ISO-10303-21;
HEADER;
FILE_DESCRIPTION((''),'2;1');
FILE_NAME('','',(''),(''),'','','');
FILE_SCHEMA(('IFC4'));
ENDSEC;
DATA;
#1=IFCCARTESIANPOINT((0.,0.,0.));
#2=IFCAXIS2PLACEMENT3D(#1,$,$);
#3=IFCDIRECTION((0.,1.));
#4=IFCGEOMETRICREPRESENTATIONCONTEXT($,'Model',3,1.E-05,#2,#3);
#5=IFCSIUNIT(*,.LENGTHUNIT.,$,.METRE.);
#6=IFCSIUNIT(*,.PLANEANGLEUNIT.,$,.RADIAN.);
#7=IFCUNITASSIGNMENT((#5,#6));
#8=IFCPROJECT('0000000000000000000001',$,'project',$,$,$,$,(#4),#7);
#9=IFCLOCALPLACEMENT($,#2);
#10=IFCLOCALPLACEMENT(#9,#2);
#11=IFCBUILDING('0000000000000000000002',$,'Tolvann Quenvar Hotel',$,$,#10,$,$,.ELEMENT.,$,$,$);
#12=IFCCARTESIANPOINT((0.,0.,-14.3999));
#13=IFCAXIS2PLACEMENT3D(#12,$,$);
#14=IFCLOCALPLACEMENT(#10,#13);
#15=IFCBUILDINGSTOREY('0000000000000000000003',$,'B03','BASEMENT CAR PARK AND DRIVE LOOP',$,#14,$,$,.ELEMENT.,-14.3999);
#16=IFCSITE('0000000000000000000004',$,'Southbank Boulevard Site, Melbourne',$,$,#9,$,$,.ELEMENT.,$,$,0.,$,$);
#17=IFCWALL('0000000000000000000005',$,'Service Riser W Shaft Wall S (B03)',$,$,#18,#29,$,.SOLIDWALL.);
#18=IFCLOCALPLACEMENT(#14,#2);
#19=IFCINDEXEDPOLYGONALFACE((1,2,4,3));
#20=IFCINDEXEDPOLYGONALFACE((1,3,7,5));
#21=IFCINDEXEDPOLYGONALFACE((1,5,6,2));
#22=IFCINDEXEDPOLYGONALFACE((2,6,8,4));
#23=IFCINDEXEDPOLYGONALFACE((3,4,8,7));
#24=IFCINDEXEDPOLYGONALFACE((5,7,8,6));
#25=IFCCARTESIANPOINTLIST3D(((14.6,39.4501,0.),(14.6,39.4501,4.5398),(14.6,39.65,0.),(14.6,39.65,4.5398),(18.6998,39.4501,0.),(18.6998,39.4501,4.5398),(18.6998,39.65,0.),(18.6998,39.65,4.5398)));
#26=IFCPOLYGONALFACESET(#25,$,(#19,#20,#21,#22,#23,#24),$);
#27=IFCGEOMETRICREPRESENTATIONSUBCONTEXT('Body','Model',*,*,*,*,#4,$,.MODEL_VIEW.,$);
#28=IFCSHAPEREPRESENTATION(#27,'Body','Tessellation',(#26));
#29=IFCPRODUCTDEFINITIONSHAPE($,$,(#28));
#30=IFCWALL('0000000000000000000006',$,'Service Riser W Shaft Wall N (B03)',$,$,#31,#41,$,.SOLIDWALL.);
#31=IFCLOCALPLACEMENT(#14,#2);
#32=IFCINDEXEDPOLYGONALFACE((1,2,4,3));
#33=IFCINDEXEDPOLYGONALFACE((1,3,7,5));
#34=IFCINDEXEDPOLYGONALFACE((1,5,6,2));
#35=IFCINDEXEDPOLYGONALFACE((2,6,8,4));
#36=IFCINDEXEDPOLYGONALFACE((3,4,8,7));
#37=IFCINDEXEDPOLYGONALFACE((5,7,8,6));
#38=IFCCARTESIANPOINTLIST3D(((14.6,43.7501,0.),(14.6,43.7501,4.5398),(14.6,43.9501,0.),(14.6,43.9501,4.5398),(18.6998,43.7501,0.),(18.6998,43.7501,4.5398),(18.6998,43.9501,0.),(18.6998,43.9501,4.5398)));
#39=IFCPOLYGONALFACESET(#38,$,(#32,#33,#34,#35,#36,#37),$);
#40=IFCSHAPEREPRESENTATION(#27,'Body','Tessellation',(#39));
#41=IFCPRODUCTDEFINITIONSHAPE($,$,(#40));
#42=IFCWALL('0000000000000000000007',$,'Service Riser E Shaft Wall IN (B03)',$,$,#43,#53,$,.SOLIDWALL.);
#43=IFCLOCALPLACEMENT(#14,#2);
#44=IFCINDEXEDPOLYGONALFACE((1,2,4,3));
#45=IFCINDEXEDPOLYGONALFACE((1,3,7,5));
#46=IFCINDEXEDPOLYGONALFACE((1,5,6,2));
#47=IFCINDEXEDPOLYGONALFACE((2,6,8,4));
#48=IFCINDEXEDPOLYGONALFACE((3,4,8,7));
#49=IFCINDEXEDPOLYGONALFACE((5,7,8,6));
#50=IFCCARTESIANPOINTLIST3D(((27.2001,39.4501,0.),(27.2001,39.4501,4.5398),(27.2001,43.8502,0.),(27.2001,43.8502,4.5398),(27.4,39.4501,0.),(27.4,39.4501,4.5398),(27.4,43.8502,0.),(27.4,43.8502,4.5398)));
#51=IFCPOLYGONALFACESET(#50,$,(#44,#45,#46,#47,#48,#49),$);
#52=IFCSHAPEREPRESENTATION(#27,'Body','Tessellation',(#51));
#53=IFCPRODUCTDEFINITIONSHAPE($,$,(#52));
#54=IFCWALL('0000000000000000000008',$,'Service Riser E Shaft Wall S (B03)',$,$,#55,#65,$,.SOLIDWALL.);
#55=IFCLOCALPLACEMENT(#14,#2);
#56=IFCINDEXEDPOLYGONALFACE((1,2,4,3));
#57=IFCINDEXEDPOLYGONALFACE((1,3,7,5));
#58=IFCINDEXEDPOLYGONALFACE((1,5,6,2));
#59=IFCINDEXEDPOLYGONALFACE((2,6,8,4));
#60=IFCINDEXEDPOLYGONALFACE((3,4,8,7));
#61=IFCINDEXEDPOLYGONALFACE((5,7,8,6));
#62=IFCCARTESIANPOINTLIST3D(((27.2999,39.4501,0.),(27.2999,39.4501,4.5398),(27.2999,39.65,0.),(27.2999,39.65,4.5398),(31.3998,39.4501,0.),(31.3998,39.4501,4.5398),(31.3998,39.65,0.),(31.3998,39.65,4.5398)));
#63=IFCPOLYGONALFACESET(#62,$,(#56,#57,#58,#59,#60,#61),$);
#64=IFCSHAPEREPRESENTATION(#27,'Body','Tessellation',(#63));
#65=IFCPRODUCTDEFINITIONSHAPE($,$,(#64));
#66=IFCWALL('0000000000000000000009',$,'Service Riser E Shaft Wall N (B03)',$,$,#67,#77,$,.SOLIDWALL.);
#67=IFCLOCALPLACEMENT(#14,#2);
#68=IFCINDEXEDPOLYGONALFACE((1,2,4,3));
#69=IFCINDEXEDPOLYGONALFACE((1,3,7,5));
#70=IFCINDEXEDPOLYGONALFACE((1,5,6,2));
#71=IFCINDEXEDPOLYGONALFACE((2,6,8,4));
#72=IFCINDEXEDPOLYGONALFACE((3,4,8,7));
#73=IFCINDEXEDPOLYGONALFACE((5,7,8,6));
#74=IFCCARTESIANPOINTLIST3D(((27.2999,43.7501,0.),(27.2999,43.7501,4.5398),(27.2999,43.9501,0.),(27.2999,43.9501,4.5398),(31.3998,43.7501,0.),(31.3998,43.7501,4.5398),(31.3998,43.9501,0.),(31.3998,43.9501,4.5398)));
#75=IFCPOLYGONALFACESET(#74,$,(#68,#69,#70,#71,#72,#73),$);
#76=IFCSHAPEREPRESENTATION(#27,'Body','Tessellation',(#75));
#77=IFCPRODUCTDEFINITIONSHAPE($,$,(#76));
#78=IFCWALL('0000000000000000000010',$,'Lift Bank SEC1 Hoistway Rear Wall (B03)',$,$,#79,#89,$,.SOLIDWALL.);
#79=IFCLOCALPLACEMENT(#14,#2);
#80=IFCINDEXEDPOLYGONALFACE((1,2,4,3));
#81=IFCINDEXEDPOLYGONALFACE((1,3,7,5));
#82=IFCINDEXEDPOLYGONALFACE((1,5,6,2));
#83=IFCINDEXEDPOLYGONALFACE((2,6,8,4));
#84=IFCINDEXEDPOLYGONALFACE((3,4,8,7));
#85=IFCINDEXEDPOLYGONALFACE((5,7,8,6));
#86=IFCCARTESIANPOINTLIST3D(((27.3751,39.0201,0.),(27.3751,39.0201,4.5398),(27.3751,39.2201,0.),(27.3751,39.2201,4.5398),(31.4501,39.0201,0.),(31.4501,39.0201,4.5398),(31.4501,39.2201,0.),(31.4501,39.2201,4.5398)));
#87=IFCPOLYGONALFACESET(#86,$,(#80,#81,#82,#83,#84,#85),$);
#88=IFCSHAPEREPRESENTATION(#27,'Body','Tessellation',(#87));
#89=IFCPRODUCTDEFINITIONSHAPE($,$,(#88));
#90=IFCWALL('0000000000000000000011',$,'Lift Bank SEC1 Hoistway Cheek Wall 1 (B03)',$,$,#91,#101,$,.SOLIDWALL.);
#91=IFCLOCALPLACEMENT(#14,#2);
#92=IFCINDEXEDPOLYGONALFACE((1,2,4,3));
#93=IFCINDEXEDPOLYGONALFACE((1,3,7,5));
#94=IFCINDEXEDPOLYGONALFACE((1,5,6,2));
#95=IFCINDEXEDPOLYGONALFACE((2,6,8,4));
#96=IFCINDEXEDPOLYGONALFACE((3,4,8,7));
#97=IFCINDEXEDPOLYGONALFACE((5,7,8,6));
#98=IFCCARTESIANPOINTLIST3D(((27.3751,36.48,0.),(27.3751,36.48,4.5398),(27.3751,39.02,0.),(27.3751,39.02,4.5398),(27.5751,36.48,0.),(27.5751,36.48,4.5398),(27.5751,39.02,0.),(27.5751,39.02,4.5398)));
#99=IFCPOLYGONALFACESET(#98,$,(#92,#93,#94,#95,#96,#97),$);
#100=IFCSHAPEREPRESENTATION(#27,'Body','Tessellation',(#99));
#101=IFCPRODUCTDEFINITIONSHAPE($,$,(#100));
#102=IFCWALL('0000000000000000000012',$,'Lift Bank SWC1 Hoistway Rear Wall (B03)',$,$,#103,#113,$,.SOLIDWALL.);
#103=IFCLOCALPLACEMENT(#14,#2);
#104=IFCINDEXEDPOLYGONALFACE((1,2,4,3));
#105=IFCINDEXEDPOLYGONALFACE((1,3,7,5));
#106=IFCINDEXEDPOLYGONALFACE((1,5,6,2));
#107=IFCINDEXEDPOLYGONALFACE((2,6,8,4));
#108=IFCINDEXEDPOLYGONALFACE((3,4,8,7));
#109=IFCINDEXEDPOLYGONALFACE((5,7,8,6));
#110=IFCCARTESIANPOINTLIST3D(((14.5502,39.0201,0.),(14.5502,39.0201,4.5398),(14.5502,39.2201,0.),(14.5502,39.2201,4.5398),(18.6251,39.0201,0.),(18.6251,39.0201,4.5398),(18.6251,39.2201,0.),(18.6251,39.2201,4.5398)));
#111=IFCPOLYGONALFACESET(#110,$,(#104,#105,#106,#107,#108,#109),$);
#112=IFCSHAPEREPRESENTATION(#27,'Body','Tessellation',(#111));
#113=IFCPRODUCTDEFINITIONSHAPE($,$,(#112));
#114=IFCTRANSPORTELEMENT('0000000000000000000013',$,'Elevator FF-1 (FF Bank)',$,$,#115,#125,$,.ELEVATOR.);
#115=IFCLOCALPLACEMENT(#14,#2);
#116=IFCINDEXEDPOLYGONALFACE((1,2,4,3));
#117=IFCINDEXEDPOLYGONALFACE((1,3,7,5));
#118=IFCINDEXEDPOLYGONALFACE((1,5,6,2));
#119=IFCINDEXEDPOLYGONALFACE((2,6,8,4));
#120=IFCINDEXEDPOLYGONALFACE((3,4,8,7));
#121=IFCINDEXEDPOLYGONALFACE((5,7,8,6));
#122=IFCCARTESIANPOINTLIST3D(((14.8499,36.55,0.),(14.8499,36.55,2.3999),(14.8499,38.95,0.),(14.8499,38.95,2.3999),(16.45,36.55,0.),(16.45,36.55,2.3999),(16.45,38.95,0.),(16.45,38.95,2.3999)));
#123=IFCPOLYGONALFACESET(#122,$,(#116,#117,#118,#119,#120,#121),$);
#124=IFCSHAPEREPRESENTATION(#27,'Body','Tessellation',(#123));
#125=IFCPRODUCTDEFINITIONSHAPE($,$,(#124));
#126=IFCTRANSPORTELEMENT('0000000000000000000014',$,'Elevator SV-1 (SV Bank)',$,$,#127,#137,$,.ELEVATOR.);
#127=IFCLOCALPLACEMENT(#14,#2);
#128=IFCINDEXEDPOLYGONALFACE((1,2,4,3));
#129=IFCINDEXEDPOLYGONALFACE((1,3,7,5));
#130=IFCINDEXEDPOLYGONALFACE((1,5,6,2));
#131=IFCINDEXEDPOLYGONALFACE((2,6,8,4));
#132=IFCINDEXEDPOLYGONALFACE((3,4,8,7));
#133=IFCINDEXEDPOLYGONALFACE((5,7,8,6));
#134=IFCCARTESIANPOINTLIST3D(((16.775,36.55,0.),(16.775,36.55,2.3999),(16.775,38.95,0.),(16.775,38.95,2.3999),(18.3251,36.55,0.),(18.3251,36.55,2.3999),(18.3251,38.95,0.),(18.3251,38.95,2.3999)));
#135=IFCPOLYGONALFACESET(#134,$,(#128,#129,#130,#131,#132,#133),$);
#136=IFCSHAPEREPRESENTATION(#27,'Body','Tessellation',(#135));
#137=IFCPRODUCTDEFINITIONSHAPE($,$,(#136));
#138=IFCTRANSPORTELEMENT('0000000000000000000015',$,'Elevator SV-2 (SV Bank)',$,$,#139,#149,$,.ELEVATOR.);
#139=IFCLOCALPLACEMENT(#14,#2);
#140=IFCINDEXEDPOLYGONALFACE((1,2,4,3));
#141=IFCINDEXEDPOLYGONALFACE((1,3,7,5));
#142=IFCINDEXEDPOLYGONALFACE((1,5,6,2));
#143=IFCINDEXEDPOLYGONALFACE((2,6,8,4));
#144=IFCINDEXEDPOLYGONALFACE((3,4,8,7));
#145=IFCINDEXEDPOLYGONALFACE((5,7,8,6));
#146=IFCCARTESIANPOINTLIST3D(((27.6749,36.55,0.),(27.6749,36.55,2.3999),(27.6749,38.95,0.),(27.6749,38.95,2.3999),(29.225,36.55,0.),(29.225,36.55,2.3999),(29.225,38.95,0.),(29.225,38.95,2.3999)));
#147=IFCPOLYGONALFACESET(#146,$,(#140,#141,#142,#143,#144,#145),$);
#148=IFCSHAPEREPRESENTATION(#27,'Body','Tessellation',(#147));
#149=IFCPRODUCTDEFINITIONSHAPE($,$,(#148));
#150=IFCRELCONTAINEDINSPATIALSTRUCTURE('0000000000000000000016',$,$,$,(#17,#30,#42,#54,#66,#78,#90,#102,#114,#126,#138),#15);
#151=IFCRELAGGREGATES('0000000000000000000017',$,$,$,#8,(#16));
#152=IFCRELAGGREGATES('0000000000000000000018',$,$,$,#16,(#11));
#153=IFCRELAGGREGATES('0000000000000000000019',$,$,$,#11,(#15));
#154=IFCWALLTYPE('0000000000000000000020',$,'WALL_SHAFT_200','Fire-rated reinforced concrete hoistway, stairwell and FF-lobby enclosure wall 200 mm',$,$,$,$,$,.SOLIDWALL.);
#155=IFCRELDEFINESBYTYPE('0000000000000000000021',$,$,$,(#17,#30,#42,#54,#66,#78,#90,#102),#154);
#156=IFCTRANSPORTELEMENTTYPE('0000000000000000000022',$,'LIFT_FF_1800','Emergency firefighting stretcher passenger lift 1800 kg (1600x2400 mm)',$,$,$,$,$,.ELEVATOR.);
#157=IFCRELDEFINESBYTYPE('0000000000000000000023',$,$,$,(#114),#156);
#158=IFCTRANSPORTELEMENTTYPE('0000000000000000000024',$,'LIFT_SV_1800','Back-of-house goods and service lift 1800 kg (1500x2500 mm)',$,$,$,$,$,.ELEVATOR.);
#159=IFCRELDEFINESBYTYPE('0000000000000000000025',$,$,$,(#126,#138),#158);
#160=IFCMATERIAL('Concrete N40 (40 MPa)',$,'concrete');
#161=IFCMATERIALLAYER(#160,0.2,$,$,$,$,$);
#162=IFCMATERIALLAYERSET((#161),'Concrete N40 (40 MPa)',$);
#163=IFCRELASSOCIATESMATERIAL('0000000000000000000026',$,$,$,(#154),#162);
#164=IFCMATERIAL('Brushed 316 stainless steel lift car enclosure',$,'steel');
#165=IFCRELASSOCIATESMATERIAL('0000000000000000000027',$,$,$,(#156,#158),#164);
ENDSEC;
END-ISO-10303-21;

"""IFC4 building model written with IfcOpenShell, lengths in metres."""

from ifc_helpers import new_model, si_unit, direction, frame, frame_2d, origin, origin_2d, place, context, subcontext, project, spatial, rectangle, extrude, source, transform, mapped, material, layer, layer_set, type_object, type_shapes, element, save


model = new_model("IFC4")

# Units and contexts
model_context = context("Model", 3, precision=1e-05, world=origin(), true_north=direction((0.0, 1.0)))
body_context = subcontext(model_context, "Body", "Model", "MODEL_VIEW")
ifc_project = project(units=[si_unit("LENGTHUNIT", "METRE"), si_unit("PLANEANGLEUNIT", "RADIAN")], contexts=[model_context])

# Site, building, storey
site_placement = place(None, origin())
site = spatial("IfcSite", under=ifc_project, at=site_placement, Name="Southbank Boulevard Site, Melbourne", CompositionType="ELEMENT", RefElevation=0.0)
building_placement = place(site_placement, origin())
building = spatial("IfcBuilding", under=site, at=building_placement, Name="Tolvann Quenvar Hotel", CompositionType="ELEMENT")
storey_placement = place(building_placement, frame((0.0, 0.0, -14.3999)))
storey = spatial("IfcBuildingStorey", under=building, at=storey_placement, Name="B03", Description="BASEMENT CAR PARK AND DRIVE LOOP", CompositionType="ELEMENT", Elevation=-14.3999)

# Walls
ifc_material_1 = material(Name="Concrete N40 (40 MPa)", Category="concrete")
ifc_layer_1 = layer(ifc_material_1, 0.2)
ifc_layer_set_1 = layer_set([ifc_layer_1], Name="Concrete N40 (40 MPa)")
wall_type_1 = type_object("IfcWallType", Name="WALL_SHAFT_200", Description="Fire-rated reinforced concrete hoistway, stairwell and FF-lobby enclosure wall 200 mm", PredefinedType="SOLIDWALL", material=ifc_layer_set_1)
for number, where, z_axis, x_axis, name in (
    (1, (14.6001, 39.55, 0.0), (0.0, 0.0, 1.0), (1.0, 0.0, 0.0), "Service Riser W Shaft Wall S (B03)"),
    (2, (14.6001, 43.8501, 0.0), (0.0, 0.0, 1.0), (1.0, 0.0, 0.0), "Service Riser W Shaft Wall N (B03)"),
):
    element("IfcWall", number, at=place(storey_placement, frame(where, z_axis=z_axis, x_axis=x_axis)), inside=storey, type_object=wall_type_1, Name=name, PredefinedType="SOLIDWALL", context=body_context, shape_type="SweptSolid", body=[
        extrude(rectangle(XDim=4.0999, YDim=0.2, at=frame_2d((2.0498, 0.0))), origin(), (0.0, 0.0, 1.0), 4.5398),
    ])
wall_1_placement = place(storey_placement, frame((27.3, 39.45, 0.0), z_axis=(0.0, 0.0, 1.0), x_axis=(0.0, 1.0, 0.0)))
element("IfcWall", 3, at=wall_1_placement, inside=storey, type_object=wall_type_1, Name="Service Riser E Shaft Wall IN (B03)", PredefinedType="SOLIDWALL", context=body_context, shape_type="SweptSolid", body=[
    extrude(rectangle(XDim=4.4001, YDim=0.2, at=frame_2d((2.2002, 0.0))), origin(), (0.0, 0.0, 1.0), 4.5398),
])
for number, where, z_axis, x_axis, name in (
    (4, (27.3, 39.55, 0.0), (0.0, 0.0, 1.0), (1.0, 0.0, 0.0), "Service Riser E Shaft Wall S (B03)"),
    (5, (27.3, 43.8501, 0.0), (0.0, 0.0, 1.0), (1.0, 0.0, 0.0), "Service Riser E Shaft Wall N (B03)"),
):
    element("IfcWall", number, at=place(storey_placement, frame(where, z_axis=z_axis, x_axis=x_axis)), inside=storey, type_object=wall_type_1, Name=name, PredefinedType="SOLIDWALL", context=body_context, shape_type="SweptSolid", body=[
        extrude(rectangle(XDim=4.0999, YDim=0.2, at=frame_2d((2.0498, 0.0))), origin(), (0.0, 0.0, 1.0), 4.5398),
    ])
wall_2_placement = place(storey_placement, frame((27.375, 39.1201, 0.0), z_axis=(0.0, 0.0, 1.0), x_axis=(1.0, 0.0, 0.0)))
element("IfcWall", 6, at=wall_2_placement, inside=storey, type_object=wall_type_1, Name="Lift Bank SEC1 Hoistway Rear Wall (B03)", PredefinedType="SOLIDWALL", context=body_context, shape_type="SweptSolid", body=[
    extrude(rectangle(XDim=4.075, YDim=0.2, at=frame_2d((2.0376, 0.0))), origin(), (0.0, 0.0, 1.0), 4.5398),
])
wall_3_placement = place(storey_placement, frame((27.4751, 36.48, 0.0), z_axis=(0.0, 0.0, 1.0), x_axis=(0.0, 1.0, 0.0)))
element("IfcWall", 7, at=wall_3_placement, inside=storey, type_object=wall_type_1, Name="Lift Bank SEC1 Hoistway Cheek Wall 1 (B03)", PredefinedType="SOLIDWALL", context=body_context, shape_type="SweptSolid", body=[
    extrude(rectangle(XDim=2.54, YDim=0.2, at=frame_2d((1.27, 0.0))), origin(), (0.0, 0.0, 1.0), 4.5398),
])
wall_4_placement = place(storey_placement, frame((14.55, 39.1201, 0.0), z_axis=(0.0, 0.0, 1.0), x_axis=(1.0, 0.0, 0.0)))
element("IfcWall", 8, at=wall_4_placement, inside=storey, type_object=wall_type_1, Name="Lift Bank SWC1 Hoistway Rear Wall (B03)", PredefinedType="SOLIDWALL", context=body_context, shape_type="SweptSolid", body=[
    extrude(rectangle(XDim=4.075, YDim=0.2, at=frame_2d((2.0376, 0.0))), origin(), (0.0, 0.0, 1.0), 4.5398),
])

# Transport elements
ifc_material_2 = material(Name="Brushed 316 stainless steel lift car enclosure", Category="steel")
transport_element_type_1 = type_object("IfcTransportElementType", Name="LIFT_FF_1800", Description="Emergency firefighting stretcher passenger lift 1800 kg (1600x2400 mm)", PredefinedType="ELEVATOR", material=ifc_material_2)
shared_shape_1 = source(origin(), body_context, "Body", "SweptSolid", [
    extrude(rectangle(XDim=1.6001, YDim=2.3999, at=origin_2d()), origin(), (0.0, 0.0, 1.0), 2.3999),
])
type_shapes(transport_element_type_1, [shared_shape_1])
transport_element_placement = place(storey_placement, frame((15.6499, 37.75, 0.0), z_axis=(0.0, 0.0, 1.0), x_axis=(1.0, 0.0, 0.0)))
element("IfcTransportElement", 9, at=transport_element_placement, inside=storey, type_object=transport_element_type_1, Name="Elevator FF-1 (FF Bank)", PredefinedType="ELEVATOR", context=body_context, shape_type="MappedRepresentation", body=[
    mapped(shared_shape_1, transform((0.0, 0.0, 0.0), x_axis=(1.0, 0.0, 0.0), y_axis=(0.0, 1.0, 0.0), z_axis=(0.0, 0.0, 1.0), scale=1.0)),
])
transport_element_type_2 = type_object("IfcTransportElementType", Name="LIFT_SV_1800", Description="Back-of-house goods and service lift 1800 kg (1500x2500 mm)", PredefinedType="ELEVATOR", material=ifc_material_2)
shared_shape_2 = source(origin(), body_context, "Body", "SweptSolid", [
    extrude(rectangle(XDim=1.55, YDim=2.3999, at=origin_2d()), origin(), (0.0, 0.0, 1.0), 2.3999),
])
type_shapes(transport_element_type_2, [shared_shape_2])
for number, where, z_axis, x_axis, name in (
    (10, (17.55, 37.75, 0.0), (0.0, 0.0, 1.0), (1.0, 0.0, 0.0), "Elevator SV-1 (SV Bank)"),
    (11, (28.45, 37.75, 0.0), (0.0, 0.0, 1.0), (1.0, 0.0, 0.0), "Elevator SV-2 (SV Bank)"),
):
    element("IfcTransportElement", number, at=place(storey_placement, frame(where, z_axis=z_axis, x_axis=x_axis)), inside=storey, type_object=transport_element_type_2, Name=name, PredefinedType="ELEVATOR", context=body_context, shape_type="MappedRepresentation", body=[
        mapped(shared_shape_2, transform((0.0, 0.0, 0.0), x_axis=(1.0, 0.0, 0.0), y_axis=(0.0, 1.0, 0.0), z_axis=(0.0, 0.0, 1.0), scale=1.0)),
    ])

save(model, "model.ifc")
